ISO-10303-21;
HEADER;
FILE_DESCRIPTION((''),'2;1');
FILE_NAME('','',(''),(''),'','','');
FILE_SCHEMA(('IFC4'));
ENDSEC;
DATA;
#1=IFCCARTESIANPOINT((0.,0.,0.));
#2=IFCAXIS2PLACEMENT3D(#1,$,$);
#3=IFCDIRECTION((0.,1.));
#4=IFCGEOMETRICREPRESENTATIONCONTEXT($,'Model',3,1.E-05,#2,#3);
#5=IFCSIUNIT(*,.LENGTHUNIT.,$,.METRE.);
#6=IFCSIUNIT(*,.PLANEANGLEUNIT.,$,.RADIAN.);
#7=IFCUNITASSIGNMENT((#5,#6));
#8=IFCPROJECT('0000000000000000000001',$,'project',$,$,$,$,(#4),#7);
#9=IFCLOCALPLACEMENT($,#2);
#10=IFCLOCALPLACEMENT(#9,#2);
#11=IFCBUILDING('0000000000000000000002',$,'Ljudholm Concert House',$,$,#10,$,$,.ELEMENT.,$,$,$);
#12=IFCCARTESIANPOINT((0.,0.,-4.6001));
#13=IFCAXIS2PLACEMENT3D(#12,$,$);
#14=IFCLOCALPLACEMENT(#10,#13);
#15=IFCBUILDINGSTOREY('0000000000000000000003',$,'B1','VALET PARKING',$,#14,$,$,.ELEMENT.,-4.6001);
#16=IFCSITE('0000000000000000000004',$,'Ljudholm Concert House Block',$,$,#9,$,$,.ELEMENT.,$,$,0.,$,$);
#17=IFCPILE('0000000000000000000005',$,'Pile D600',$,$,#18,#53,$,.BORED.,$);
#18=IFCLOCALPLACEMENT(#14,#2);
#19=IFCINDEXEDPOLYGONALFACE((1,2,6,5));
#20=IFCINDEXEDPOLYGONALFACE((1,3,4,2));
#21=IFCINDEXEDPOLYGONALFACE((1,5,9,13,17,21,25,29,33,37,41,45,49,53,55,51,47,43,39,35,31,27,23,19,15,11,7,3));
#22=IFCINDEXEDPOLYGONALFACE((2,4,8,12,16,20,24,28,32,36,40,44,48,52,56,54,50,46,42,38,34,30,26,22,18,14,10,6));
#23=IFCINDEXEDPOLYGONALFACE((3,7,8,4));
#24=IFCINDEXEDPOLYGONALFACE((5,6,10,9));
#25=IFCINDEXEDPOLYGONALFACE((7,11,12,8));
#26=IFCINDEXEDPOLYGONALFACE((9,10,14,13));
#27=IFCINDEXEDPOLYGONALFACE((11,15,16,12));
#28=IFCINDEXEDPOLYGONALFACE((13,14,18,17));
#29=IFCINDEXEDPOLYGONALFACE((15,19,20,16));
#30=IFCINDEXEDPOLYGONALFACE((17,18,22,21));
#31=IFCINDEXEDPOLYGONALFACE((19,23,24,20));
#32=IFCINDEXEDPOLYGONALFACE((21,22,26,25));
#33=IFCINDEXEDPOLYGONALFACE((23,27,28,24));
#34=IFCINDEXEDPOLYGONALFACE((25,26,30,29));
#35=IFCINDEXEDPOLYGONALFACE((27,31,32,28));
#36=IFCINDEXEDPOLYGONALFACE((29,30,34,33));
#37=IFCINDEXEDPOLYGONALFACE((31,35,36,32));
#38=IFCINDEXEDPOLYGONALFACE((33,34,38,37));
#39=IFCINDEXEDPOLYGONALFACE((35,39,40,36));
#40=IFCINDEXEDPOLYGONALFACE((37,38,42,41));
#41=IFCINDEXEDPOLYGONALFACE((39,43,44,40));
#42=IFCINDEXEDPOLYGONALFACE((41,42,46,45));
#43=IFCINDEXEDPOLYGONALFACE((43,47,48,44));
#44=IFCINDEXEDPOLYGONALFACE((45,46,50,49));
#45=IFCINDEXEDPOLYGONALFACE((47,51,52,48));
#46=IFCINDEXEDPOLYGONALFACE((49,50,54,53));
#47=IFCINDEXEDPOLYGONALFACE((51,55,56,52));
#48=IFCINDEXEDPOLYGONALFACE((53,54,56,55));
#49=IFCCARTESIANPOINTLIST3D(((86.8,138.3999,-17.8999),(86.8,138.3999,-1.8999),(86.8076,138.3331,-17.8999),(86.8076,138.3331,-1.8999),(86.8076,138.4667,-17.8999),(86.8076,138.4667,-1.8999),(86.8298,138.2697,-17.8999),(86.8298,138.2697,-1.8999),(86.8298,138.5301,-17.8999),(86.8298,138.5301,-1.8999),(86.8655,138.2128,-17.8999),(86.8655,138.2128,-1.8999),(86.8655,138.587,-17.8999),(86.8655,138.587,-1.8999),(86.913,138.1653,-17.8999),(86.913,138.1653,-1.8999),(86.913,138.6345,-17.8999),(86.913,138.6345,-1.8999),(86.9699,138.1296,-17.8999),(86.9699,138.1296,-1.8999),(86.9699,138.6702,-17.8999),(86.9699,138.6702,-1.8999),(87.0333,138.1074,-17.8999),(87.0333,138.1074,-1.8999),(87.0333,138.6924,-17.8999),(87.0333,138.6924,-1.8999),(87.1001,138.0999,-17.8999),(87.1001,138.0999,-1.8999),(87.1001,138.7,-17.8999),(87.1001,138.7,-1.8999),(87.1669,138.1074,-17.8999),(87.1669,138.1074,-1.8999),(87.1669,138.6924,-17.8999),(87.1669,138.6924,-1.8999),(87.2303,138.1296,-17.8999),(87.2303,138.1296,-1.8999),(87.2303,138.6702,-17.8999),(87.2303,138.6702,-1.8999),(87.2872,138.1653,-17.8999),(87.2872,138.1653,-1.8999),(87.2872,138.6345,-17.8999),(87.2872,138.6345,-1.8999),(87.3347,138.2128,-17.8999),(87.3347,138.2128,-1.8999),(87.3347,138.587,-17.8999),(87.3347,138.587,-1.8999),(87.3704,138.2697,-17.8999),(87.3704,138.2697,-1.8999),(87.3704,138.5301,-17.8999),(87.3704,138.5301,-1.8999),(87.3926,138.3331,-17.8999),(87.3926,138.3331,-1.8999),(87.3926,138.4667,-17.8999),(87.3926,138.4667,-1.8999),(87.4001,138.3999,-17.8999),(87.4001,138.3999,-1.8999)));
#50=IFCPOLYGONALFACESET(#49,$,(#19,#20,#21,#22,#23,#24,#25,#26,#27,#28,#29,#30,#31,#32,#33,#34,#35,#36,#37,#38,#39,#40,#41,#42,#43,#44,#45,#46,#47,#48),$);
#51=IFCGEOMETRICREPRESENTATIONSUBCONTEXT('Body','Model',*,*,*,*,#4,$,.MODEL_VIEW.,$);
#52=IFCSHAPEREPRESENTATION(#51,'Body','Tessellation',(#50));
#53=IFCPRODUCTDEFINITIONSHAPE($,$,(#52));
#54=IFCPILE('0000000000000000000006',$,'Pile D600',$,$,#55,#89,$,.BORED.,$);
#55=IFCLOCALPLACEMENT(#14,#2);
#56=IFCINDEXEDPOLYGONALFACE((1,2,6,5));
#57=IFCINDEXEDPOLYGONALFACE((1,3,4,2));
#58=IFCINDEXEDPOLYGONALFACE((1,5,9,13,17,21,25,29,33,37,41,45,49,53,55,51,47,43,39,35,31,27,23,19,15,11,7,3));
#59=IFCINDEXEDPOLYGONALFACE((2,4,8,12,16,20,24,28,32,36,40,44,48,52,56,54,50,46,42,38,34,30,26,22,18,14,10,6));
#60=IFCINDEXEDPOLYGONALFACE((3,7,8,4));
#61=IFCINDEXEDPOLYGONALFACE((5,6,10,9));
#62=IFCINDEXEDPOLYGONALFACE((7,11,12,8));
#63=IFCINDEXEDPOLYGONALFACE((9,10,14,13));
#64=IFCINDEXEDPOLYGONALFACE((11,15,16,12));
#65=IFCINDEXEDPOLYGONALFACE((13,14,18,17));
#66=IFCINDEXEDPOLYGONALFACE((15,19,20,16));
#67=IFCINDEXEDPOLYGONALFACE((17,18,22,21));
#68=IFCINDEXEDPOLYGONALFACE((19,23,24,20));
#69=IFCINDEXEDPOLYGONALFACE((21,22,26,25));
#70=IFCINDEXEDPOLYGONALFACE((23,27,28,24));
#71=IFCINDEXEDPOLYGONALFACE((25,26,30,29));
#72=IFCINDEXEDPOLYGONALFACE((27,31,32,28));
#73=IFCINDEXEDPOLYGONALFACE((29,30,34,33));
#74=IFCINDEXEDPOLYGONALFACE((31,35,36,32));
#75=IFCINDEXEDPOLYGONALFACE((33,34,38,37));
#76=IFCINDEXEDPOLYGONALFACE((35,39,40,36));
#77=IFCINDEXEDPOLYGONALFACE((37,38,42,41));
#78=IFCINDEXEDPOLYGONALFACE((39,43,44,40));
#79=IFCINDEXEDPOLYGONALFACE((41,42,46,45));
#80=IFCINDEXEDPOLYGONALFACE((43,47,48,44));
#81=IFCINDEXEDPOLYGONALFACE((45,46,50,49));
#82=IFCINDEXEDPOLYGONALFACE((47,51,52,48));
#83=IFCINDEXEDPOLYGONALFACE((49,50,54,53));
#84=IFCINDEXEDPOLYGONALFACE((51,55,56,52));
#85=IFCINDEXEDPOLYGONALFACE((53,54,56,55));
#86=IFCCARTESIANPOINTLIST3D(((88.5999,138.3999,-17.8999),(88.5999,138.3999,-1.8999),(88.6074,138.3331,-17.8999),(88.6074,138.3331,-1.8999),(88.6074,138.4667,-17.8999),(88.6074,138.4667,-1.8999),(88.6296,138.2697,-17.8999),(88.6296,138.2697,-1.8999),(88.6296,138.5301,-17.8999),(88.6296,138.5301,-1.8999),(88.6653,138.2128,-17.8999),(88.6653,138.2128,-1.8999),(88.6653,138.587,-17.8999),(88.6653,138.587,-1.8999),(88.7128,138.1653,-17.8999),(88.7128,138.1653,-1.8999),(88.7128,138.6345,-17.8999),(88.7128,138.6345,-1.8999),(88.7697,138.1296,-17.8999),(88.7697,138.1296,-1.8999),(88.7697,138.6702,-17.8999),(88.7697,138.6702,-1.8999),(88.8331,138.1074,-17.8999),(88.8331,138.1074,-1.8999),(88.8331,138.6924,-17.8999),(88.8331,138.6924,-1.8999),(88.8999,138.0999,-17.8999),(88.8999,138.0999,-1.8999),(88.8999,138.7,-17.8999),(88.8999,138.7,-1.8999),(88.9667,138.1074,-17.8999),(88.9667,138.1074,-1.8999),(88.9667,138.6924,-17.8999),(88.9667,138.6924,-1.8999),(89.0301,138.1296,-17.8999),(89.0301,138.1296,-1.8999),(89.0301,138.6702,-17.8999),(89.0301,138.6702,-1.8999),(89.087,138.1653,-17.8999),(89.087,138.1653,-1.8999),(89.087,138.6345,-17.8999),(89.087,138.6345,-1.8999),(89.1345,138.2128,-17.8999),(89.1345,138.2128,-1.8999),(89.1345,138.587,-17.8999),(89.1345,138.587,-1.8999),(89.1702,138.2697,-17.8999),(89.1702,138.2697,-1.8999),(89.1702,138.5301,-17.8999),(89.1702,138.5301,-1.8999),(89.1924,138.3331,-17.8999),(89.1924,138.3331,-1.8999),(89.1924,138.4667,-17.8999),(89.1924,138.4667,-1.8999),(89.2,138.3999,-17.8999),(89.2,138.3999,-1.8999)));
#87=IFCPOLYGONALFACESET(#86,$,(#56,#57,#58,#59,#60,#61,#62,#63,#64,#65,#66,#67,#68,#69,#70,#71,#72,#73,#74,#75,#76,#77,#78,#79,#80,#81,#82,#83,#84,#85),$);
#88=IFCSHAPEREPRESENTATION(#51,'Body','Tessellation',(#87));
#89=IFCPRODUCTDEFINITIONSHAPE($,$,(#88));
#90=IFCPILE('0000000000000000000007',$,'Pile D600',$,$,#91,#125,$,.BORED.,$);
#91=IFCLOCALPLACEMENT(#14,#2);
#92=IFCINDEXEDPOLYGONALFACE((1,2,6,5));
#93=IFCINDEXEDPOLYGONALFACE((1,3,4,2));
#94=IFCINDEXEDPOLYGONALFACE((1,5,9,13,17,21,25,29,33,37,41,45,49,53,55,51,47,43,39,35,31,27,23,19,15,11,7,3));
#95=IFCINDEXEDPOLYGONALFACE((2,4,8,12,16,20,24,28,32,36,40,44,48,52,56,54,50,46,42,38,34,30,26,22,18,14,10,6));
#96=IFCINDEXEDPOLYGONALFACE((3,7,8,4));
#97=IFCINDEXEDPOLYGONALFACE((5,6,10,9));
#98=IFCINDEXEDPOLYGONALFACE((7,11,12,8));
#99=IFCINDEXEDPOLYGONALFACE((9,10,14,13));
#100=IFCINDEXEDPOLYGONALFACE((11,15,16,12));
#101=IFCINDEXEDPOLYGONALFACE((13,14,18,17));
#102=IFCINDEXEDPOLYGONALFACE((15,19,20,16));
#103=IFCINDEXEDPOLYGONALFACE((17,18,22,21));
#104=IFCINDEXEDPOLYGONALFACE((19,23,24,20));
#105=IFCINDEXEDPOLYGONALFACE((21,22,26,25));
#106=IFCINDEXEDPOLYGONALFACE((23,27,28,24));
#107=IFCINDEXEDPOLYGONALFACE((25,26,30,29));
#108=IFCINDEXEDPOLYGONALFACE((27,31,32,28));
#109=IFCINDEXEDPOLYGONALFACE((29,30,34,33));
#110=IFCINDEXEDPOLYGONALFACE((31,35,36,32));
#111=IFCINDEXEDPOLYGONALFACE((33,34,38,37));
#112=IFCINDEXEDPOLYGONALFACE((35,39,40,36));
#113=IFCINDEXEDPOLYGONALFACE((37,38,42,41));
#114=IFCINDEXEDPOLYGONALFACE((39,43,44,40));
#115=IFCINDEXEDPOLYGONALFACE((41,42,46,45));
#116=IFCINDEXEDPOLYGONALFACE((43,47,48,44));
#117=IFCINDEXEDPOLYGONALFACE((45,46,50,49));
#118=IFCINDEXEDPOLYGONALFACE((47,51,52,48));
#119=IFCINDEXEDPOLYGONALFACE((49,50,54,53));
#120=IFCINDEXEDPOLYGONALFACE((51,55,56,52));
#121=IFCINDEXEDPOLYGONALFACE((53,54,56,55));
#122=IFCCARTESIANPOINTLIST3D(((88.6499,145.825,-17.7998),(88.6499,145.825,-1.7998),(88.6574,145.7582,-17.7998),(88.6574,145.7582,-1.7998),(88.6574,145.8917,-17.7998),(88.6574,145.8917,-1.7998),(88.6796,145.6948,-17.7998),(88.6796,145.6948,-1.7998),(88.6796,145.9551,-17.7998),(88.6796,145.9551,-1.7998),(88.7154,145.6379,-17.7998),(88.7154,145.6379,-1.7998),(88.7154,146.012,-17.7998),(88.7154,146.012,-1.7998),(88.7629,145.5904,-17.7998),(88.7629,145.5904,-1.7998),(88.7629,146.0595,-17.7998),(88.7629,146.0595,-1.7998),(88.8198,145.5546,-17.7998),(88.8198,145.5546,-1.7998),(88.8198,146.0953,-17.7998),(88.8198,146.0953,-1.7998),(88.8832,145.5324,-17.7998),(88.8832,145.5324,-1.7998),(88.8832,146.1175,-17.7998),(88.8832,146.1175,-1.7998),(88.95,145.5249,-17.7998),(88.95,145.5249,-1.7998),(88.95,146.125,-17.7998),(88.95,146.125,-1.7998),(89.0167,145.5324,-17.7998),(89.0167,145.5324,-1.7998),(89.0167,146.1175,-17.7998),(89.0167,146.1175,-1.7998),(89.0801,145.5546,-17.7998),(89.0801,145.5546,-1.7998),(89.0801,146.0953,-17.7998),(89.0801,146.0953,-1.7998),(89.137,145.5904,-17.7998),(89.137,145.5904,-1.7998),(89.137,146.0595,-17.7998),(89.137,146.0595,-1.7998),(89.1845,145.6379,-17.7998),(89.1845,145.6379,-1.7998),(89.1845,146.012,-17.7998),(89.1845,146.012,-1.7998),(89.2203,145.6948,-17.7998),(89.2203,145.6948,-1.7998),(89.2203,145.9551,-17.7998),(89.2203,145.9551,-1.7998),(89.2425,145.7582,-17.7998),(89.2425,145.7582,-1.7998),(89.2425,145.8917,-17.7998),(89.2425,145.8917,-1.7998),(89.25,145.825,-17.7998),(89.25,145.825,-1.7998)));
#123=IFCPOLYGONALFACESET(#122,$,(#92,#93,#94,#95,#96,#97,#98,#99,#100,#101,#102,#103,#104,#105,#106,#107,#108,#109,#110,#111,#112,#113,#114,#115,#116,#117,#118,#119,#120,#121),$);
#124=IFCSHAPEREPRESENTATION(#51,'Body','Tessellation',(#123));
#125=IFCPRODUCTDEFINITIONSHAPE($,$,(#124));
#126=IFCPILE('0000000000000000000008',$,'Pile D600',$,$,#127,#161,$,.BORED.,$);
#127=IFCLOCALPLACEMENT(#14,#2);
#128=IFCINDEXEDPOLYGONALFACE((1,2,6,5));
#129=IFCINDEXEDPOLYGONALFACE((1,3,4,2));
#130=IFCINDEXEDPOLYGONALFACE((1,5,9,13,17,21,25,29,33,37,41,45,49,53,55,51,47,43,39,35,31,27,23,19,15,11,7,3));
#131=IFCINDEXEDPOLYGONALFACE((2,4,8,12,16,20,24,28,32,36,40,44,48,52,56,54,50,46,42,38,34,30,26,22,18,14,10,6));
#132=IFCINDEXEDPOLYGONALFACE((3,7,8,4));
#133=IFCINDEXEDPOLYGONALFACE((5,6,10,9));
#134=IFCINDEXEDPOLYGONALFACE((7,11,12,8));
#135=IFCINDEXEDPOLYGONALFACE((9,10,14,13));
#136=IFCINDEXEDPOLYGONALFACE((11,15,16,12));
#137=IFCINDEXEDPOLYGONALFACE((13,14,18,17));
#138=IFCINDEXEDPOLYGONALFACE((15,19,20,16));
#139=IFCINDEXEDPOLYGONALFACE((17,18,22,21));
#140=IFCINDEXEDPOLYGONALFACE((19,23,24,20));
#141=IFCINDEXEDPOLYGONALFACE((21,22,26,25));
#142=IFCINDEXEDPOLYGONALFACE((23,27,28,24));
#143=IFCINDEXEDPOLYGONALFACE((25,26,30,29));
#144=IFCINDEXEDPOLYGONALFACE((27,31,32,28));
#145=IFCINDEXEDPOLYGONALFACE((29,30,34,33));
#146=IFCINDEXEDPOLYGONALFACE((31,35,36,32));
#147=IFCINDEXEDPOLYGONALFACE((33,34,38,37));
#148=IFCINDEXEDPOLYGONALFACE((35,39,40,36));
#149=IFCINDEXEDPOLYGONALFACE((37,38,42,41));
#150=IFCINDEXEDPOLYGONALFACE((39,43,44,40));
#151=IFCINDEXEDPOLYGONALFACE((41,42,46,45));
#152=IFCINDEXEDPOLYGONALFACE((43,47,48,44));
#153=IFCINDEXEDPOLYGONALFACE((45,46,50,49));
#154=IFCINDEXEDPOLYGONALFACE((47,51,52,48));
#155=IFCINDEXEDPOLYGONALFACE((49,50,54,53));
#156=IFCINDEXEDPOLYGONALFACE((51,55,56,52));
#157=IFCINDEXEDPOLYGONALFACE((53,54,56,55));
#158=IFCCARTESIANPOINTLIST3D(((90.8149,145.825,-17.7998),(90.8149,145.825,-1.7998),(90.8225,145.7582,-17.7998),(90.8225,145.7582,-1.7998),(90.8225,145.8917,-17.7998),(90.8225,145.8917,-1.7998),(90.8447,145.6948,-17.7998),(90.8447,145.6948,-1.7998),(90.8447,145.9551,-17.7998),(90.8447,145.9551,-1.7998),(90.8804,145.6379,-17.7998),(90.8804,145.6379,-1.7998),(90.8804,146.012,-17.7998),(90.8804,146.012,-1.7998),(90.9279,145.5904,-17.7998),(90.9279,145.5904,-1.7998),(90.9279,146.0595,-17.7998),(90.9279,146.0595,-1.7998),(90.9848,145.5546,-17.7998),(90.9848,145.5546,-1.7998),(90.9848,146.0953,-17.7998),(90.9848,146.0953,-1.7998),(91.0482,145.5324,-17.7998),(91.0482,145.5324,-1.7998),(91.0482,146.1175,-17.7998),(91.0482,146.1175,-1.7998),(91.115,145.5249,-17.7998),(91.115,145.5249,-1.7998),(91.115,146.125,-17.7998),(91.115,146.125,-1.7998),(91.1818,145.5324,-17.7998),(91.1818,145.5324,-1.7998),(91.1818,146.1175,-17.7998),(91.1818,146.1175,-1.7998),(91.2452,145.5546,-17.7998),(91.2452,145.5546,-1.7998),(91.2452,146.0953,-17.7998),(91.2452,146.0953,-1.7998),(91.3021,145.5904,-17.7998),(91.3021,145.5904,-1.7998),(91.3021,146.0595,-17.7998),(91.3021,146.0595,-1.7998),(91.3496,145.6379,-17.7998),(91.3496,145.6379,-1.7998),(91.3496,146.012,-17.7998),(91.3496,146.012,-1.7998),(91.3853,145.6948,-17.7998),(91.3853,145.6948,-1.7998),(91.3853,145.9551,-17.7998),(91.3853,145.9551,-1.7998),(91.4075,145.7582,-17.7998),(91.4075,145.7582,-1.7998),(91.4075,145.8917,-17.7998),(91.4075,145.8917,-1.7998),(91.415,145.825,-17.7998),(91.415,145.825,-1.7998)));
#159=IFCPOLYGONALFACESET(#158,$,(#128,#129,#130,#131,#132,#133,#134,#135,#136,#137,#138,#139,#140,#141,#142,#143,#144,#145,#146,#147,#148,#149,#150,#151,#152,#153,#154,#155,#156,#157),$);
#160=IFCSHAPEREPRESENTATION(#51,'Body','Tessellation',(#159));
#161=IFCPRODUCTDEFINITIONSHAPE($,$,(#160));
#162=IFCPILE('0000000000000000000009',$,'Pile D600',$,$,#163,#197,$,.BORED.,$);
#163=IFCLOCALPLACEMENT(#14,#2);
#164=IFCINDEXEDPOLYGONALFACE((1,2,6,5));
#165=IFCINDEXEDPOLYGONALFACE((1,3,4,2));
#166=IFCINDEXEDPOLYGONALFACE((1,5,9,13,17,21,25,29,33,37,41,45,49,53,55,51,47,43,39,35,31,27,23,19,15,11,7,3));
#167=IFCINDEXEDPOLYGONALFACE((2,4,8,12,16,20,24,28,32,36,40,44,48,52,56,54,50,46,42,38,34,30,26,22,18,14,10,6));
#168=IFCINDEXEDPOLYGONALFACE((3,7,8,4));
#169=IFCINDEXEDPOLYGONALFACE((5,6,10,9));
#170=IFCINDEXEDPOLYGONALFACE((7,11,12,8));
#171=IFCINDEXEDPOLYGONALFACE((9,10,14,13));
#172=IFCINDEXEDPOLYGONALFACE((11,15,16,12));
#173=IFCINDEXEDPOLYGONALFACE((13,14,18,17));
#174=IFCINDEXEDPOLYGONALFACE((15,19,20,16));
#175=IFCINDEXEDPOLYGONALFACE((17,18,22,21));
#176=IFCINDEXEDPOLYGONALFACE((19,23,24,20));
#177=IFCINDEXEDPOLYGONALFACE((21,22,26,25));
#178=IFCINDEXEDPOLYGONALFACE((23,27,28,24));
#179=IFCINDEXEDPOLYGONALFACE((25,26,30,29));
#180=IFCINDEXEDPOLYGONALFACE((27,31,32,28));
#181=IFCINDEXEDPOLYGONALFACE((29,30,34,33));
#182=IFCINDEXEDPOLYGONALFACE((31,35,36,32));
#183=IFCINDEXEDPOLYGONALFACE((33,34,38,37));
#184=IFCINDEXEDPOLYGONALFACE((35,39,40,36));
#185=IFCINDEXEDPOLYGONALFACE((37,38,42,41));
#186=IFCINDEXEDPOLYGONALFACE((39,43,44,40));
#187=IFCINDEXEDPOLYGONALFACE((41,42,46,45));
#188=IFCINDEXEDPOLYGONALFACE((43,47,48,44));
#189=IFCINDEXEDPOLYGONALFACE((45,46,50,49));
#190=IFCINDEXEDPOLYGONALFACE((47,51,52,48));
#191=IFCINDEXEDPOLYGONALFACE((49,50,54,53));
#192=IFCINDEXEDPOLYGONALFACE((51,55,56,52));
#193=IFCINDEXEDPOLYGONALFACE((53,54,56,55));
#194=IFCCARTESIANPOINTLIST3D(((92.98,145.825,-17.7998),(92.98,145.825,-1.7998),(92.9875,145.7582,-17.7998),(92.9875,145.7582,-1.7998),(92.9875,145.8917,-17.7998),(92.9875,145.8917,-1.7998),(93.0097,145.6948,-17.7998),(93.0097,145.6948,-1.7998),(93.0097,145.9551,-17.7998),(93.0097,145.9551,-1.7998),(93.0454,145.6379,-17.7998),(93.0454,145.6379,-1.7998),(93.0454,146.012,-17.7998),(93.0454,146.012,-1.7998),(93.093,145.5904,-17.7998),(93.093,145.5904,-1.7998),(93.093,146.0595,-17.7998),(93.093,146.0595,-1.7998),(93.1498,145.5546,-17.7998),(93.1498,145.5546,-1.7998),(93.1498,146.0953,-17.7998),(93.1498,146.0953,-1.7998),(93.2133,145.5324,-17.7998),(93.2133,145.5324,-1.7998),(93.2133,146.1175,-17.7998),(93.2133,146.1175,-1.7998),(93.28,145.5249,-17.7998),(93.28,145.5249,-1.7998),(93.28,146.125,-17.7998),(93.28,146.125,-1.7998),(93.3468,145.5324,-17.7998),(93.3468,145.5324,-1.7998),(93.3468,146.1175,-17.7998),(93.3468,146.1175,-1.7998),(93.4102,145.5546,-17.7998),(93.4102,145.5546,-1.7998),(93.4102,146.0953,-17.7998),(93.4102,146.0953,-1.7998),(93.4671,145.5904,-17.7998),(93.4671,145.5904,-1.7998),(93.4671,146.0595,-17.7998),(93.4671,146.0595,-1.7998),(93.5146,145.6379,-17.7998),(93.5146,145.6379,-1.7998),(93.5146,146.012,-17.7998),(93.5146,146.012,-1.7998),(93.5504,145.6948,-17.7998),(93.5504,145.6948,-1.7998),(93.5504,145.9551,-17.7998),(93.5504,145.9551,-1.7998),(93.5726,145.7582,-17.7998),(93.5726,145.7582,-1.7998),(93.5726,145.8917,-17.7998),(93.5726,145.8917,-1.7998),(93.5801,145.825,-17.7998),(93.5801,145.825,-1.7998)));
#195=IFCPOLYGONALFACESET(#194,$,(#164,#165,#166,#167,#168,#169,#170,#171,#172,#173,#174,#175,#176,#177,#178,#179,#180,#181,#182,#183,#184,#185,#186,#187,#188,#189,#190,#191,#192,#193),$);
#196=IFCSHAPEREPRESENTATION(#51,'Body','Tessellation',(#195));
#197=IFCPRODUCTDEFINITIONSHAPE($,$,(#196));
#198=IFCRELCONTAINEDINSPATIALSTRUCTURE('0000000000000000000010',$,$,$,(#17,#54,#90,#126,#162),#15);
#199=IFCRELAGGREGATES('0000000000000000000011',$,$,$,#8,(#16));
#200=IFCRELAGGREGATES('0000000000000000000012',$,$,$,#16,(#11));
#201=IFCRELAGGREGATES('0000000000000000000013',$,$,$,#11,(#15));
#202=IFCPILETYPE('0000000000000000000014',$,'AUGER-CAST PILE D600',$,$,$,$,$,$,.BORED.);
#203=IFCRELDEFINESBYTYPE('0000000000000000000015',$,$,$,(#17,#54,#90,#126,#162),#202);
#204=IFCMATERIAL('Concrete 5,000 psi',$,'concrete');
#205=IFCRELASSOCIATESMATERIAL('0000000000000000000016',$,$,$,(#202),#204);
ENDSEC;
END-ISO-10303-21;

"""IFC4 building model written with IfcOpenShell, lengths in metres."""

from ifc_helpers import new_model, si_unit, direction, frame, origin, origin_2d, place, context, subcontext, project, spatial, circle, extrude, material, material_profile, profile_set, type_object, element, save


model = new_model("IFC4")

# Units and contexts
model_context = context("Model", 3, precision=1e-05, world=origin(), true_north=direction((0.0, 1.0)))
body_context = subcontext(model_context, "Body", "Model", "MODEL_VIEW")
ifc_project = project(units=[si_unit("LENGTHUNIT", "METRE"), si_unit("PLANEANGLEUNIT", "RADIAN")], contexts=[model_context])

# Site, building, storey
site_placement = place(None, origin())
site = spatial("IfcSite", under=ifc_project, at=site_placement, Name="Ljudholm Concert House Block", CompositionType="ELEMENT", RefElevation=0.0)
building_placement = place(site_placement, origin())
building = spatial("IfcBuilding", under=site, at=building_placement, Name="Ljudholm Concert House", CompositionType="ELEMENT")
storey_placement = place(building_placement, frame((0.0, 0.0, -4.6001)))
storey = spatial("IfcBuildingStorey", under=building, at=storey_placement, Name="B1", Description="VALET PARKING", CompositionType="ELEMENT", Elevation=-4.6001)

# Piles
ifc_material_1 = material(Name="Concrete 5,000 psi", Category="concrete")
ifc_material_profile_1 = material_profile(ifc_material_1, circle(Radius=0.3, at=origin_2d()), Name="AUGER-CAST PILE D600")
ifc_profile_set_1 = profile_set([ifc_material_profile_1], Name="Concrete 5,000 psi")
pile_type = type_object("IfcPileType", Name="AUGER-CAST PILE D600", PredefinedType="BORED", material=ifc_profile_set_1)
for number, where, z_axis, x_axis, name in (
    (1, (87.1001, 138.3999, -1.8999), (0.0, 0.0, -1.0), (1.0, 0.0, 0.0), "Pile D600"),
    (2, (88.8999, 138.3999, -1.8999), (0.0, 0.0, -1.0), (1.0, 0.0, 0.0), "Pile D600"),
    (3, (88.95, 145.825, -1.7998), (0.0, 0.0, -1.0), (1.0, 0.0, 0.0), "Pile D600"),
    (4, (91.115, 145.825, -1.7998), (0.0, 0.0, -1.0), (1.0, 0.0, 0.0), "Pile D600"),
    (5, (93.28, 145.825, -1.7998), (0.0, 0.0, -1.0), (1.0, 0.0, 0.0), "Pile D600"),
):
    element("IfcPile", number, at=place(storey_placement, frame(where, z_axis=z_axis, x_axis=x_axis)), inside=storey, type_object=pile_type, Name=name, PredefinedType="BORED", context=body_context, shape_type="SweptSolid", body=[
        extrude(circle(Radius=0.3, at=origin_2d()), origin(), (0.0, 0.0, 1.0), 16.0),
    ])

save(model, "model.ifc")
